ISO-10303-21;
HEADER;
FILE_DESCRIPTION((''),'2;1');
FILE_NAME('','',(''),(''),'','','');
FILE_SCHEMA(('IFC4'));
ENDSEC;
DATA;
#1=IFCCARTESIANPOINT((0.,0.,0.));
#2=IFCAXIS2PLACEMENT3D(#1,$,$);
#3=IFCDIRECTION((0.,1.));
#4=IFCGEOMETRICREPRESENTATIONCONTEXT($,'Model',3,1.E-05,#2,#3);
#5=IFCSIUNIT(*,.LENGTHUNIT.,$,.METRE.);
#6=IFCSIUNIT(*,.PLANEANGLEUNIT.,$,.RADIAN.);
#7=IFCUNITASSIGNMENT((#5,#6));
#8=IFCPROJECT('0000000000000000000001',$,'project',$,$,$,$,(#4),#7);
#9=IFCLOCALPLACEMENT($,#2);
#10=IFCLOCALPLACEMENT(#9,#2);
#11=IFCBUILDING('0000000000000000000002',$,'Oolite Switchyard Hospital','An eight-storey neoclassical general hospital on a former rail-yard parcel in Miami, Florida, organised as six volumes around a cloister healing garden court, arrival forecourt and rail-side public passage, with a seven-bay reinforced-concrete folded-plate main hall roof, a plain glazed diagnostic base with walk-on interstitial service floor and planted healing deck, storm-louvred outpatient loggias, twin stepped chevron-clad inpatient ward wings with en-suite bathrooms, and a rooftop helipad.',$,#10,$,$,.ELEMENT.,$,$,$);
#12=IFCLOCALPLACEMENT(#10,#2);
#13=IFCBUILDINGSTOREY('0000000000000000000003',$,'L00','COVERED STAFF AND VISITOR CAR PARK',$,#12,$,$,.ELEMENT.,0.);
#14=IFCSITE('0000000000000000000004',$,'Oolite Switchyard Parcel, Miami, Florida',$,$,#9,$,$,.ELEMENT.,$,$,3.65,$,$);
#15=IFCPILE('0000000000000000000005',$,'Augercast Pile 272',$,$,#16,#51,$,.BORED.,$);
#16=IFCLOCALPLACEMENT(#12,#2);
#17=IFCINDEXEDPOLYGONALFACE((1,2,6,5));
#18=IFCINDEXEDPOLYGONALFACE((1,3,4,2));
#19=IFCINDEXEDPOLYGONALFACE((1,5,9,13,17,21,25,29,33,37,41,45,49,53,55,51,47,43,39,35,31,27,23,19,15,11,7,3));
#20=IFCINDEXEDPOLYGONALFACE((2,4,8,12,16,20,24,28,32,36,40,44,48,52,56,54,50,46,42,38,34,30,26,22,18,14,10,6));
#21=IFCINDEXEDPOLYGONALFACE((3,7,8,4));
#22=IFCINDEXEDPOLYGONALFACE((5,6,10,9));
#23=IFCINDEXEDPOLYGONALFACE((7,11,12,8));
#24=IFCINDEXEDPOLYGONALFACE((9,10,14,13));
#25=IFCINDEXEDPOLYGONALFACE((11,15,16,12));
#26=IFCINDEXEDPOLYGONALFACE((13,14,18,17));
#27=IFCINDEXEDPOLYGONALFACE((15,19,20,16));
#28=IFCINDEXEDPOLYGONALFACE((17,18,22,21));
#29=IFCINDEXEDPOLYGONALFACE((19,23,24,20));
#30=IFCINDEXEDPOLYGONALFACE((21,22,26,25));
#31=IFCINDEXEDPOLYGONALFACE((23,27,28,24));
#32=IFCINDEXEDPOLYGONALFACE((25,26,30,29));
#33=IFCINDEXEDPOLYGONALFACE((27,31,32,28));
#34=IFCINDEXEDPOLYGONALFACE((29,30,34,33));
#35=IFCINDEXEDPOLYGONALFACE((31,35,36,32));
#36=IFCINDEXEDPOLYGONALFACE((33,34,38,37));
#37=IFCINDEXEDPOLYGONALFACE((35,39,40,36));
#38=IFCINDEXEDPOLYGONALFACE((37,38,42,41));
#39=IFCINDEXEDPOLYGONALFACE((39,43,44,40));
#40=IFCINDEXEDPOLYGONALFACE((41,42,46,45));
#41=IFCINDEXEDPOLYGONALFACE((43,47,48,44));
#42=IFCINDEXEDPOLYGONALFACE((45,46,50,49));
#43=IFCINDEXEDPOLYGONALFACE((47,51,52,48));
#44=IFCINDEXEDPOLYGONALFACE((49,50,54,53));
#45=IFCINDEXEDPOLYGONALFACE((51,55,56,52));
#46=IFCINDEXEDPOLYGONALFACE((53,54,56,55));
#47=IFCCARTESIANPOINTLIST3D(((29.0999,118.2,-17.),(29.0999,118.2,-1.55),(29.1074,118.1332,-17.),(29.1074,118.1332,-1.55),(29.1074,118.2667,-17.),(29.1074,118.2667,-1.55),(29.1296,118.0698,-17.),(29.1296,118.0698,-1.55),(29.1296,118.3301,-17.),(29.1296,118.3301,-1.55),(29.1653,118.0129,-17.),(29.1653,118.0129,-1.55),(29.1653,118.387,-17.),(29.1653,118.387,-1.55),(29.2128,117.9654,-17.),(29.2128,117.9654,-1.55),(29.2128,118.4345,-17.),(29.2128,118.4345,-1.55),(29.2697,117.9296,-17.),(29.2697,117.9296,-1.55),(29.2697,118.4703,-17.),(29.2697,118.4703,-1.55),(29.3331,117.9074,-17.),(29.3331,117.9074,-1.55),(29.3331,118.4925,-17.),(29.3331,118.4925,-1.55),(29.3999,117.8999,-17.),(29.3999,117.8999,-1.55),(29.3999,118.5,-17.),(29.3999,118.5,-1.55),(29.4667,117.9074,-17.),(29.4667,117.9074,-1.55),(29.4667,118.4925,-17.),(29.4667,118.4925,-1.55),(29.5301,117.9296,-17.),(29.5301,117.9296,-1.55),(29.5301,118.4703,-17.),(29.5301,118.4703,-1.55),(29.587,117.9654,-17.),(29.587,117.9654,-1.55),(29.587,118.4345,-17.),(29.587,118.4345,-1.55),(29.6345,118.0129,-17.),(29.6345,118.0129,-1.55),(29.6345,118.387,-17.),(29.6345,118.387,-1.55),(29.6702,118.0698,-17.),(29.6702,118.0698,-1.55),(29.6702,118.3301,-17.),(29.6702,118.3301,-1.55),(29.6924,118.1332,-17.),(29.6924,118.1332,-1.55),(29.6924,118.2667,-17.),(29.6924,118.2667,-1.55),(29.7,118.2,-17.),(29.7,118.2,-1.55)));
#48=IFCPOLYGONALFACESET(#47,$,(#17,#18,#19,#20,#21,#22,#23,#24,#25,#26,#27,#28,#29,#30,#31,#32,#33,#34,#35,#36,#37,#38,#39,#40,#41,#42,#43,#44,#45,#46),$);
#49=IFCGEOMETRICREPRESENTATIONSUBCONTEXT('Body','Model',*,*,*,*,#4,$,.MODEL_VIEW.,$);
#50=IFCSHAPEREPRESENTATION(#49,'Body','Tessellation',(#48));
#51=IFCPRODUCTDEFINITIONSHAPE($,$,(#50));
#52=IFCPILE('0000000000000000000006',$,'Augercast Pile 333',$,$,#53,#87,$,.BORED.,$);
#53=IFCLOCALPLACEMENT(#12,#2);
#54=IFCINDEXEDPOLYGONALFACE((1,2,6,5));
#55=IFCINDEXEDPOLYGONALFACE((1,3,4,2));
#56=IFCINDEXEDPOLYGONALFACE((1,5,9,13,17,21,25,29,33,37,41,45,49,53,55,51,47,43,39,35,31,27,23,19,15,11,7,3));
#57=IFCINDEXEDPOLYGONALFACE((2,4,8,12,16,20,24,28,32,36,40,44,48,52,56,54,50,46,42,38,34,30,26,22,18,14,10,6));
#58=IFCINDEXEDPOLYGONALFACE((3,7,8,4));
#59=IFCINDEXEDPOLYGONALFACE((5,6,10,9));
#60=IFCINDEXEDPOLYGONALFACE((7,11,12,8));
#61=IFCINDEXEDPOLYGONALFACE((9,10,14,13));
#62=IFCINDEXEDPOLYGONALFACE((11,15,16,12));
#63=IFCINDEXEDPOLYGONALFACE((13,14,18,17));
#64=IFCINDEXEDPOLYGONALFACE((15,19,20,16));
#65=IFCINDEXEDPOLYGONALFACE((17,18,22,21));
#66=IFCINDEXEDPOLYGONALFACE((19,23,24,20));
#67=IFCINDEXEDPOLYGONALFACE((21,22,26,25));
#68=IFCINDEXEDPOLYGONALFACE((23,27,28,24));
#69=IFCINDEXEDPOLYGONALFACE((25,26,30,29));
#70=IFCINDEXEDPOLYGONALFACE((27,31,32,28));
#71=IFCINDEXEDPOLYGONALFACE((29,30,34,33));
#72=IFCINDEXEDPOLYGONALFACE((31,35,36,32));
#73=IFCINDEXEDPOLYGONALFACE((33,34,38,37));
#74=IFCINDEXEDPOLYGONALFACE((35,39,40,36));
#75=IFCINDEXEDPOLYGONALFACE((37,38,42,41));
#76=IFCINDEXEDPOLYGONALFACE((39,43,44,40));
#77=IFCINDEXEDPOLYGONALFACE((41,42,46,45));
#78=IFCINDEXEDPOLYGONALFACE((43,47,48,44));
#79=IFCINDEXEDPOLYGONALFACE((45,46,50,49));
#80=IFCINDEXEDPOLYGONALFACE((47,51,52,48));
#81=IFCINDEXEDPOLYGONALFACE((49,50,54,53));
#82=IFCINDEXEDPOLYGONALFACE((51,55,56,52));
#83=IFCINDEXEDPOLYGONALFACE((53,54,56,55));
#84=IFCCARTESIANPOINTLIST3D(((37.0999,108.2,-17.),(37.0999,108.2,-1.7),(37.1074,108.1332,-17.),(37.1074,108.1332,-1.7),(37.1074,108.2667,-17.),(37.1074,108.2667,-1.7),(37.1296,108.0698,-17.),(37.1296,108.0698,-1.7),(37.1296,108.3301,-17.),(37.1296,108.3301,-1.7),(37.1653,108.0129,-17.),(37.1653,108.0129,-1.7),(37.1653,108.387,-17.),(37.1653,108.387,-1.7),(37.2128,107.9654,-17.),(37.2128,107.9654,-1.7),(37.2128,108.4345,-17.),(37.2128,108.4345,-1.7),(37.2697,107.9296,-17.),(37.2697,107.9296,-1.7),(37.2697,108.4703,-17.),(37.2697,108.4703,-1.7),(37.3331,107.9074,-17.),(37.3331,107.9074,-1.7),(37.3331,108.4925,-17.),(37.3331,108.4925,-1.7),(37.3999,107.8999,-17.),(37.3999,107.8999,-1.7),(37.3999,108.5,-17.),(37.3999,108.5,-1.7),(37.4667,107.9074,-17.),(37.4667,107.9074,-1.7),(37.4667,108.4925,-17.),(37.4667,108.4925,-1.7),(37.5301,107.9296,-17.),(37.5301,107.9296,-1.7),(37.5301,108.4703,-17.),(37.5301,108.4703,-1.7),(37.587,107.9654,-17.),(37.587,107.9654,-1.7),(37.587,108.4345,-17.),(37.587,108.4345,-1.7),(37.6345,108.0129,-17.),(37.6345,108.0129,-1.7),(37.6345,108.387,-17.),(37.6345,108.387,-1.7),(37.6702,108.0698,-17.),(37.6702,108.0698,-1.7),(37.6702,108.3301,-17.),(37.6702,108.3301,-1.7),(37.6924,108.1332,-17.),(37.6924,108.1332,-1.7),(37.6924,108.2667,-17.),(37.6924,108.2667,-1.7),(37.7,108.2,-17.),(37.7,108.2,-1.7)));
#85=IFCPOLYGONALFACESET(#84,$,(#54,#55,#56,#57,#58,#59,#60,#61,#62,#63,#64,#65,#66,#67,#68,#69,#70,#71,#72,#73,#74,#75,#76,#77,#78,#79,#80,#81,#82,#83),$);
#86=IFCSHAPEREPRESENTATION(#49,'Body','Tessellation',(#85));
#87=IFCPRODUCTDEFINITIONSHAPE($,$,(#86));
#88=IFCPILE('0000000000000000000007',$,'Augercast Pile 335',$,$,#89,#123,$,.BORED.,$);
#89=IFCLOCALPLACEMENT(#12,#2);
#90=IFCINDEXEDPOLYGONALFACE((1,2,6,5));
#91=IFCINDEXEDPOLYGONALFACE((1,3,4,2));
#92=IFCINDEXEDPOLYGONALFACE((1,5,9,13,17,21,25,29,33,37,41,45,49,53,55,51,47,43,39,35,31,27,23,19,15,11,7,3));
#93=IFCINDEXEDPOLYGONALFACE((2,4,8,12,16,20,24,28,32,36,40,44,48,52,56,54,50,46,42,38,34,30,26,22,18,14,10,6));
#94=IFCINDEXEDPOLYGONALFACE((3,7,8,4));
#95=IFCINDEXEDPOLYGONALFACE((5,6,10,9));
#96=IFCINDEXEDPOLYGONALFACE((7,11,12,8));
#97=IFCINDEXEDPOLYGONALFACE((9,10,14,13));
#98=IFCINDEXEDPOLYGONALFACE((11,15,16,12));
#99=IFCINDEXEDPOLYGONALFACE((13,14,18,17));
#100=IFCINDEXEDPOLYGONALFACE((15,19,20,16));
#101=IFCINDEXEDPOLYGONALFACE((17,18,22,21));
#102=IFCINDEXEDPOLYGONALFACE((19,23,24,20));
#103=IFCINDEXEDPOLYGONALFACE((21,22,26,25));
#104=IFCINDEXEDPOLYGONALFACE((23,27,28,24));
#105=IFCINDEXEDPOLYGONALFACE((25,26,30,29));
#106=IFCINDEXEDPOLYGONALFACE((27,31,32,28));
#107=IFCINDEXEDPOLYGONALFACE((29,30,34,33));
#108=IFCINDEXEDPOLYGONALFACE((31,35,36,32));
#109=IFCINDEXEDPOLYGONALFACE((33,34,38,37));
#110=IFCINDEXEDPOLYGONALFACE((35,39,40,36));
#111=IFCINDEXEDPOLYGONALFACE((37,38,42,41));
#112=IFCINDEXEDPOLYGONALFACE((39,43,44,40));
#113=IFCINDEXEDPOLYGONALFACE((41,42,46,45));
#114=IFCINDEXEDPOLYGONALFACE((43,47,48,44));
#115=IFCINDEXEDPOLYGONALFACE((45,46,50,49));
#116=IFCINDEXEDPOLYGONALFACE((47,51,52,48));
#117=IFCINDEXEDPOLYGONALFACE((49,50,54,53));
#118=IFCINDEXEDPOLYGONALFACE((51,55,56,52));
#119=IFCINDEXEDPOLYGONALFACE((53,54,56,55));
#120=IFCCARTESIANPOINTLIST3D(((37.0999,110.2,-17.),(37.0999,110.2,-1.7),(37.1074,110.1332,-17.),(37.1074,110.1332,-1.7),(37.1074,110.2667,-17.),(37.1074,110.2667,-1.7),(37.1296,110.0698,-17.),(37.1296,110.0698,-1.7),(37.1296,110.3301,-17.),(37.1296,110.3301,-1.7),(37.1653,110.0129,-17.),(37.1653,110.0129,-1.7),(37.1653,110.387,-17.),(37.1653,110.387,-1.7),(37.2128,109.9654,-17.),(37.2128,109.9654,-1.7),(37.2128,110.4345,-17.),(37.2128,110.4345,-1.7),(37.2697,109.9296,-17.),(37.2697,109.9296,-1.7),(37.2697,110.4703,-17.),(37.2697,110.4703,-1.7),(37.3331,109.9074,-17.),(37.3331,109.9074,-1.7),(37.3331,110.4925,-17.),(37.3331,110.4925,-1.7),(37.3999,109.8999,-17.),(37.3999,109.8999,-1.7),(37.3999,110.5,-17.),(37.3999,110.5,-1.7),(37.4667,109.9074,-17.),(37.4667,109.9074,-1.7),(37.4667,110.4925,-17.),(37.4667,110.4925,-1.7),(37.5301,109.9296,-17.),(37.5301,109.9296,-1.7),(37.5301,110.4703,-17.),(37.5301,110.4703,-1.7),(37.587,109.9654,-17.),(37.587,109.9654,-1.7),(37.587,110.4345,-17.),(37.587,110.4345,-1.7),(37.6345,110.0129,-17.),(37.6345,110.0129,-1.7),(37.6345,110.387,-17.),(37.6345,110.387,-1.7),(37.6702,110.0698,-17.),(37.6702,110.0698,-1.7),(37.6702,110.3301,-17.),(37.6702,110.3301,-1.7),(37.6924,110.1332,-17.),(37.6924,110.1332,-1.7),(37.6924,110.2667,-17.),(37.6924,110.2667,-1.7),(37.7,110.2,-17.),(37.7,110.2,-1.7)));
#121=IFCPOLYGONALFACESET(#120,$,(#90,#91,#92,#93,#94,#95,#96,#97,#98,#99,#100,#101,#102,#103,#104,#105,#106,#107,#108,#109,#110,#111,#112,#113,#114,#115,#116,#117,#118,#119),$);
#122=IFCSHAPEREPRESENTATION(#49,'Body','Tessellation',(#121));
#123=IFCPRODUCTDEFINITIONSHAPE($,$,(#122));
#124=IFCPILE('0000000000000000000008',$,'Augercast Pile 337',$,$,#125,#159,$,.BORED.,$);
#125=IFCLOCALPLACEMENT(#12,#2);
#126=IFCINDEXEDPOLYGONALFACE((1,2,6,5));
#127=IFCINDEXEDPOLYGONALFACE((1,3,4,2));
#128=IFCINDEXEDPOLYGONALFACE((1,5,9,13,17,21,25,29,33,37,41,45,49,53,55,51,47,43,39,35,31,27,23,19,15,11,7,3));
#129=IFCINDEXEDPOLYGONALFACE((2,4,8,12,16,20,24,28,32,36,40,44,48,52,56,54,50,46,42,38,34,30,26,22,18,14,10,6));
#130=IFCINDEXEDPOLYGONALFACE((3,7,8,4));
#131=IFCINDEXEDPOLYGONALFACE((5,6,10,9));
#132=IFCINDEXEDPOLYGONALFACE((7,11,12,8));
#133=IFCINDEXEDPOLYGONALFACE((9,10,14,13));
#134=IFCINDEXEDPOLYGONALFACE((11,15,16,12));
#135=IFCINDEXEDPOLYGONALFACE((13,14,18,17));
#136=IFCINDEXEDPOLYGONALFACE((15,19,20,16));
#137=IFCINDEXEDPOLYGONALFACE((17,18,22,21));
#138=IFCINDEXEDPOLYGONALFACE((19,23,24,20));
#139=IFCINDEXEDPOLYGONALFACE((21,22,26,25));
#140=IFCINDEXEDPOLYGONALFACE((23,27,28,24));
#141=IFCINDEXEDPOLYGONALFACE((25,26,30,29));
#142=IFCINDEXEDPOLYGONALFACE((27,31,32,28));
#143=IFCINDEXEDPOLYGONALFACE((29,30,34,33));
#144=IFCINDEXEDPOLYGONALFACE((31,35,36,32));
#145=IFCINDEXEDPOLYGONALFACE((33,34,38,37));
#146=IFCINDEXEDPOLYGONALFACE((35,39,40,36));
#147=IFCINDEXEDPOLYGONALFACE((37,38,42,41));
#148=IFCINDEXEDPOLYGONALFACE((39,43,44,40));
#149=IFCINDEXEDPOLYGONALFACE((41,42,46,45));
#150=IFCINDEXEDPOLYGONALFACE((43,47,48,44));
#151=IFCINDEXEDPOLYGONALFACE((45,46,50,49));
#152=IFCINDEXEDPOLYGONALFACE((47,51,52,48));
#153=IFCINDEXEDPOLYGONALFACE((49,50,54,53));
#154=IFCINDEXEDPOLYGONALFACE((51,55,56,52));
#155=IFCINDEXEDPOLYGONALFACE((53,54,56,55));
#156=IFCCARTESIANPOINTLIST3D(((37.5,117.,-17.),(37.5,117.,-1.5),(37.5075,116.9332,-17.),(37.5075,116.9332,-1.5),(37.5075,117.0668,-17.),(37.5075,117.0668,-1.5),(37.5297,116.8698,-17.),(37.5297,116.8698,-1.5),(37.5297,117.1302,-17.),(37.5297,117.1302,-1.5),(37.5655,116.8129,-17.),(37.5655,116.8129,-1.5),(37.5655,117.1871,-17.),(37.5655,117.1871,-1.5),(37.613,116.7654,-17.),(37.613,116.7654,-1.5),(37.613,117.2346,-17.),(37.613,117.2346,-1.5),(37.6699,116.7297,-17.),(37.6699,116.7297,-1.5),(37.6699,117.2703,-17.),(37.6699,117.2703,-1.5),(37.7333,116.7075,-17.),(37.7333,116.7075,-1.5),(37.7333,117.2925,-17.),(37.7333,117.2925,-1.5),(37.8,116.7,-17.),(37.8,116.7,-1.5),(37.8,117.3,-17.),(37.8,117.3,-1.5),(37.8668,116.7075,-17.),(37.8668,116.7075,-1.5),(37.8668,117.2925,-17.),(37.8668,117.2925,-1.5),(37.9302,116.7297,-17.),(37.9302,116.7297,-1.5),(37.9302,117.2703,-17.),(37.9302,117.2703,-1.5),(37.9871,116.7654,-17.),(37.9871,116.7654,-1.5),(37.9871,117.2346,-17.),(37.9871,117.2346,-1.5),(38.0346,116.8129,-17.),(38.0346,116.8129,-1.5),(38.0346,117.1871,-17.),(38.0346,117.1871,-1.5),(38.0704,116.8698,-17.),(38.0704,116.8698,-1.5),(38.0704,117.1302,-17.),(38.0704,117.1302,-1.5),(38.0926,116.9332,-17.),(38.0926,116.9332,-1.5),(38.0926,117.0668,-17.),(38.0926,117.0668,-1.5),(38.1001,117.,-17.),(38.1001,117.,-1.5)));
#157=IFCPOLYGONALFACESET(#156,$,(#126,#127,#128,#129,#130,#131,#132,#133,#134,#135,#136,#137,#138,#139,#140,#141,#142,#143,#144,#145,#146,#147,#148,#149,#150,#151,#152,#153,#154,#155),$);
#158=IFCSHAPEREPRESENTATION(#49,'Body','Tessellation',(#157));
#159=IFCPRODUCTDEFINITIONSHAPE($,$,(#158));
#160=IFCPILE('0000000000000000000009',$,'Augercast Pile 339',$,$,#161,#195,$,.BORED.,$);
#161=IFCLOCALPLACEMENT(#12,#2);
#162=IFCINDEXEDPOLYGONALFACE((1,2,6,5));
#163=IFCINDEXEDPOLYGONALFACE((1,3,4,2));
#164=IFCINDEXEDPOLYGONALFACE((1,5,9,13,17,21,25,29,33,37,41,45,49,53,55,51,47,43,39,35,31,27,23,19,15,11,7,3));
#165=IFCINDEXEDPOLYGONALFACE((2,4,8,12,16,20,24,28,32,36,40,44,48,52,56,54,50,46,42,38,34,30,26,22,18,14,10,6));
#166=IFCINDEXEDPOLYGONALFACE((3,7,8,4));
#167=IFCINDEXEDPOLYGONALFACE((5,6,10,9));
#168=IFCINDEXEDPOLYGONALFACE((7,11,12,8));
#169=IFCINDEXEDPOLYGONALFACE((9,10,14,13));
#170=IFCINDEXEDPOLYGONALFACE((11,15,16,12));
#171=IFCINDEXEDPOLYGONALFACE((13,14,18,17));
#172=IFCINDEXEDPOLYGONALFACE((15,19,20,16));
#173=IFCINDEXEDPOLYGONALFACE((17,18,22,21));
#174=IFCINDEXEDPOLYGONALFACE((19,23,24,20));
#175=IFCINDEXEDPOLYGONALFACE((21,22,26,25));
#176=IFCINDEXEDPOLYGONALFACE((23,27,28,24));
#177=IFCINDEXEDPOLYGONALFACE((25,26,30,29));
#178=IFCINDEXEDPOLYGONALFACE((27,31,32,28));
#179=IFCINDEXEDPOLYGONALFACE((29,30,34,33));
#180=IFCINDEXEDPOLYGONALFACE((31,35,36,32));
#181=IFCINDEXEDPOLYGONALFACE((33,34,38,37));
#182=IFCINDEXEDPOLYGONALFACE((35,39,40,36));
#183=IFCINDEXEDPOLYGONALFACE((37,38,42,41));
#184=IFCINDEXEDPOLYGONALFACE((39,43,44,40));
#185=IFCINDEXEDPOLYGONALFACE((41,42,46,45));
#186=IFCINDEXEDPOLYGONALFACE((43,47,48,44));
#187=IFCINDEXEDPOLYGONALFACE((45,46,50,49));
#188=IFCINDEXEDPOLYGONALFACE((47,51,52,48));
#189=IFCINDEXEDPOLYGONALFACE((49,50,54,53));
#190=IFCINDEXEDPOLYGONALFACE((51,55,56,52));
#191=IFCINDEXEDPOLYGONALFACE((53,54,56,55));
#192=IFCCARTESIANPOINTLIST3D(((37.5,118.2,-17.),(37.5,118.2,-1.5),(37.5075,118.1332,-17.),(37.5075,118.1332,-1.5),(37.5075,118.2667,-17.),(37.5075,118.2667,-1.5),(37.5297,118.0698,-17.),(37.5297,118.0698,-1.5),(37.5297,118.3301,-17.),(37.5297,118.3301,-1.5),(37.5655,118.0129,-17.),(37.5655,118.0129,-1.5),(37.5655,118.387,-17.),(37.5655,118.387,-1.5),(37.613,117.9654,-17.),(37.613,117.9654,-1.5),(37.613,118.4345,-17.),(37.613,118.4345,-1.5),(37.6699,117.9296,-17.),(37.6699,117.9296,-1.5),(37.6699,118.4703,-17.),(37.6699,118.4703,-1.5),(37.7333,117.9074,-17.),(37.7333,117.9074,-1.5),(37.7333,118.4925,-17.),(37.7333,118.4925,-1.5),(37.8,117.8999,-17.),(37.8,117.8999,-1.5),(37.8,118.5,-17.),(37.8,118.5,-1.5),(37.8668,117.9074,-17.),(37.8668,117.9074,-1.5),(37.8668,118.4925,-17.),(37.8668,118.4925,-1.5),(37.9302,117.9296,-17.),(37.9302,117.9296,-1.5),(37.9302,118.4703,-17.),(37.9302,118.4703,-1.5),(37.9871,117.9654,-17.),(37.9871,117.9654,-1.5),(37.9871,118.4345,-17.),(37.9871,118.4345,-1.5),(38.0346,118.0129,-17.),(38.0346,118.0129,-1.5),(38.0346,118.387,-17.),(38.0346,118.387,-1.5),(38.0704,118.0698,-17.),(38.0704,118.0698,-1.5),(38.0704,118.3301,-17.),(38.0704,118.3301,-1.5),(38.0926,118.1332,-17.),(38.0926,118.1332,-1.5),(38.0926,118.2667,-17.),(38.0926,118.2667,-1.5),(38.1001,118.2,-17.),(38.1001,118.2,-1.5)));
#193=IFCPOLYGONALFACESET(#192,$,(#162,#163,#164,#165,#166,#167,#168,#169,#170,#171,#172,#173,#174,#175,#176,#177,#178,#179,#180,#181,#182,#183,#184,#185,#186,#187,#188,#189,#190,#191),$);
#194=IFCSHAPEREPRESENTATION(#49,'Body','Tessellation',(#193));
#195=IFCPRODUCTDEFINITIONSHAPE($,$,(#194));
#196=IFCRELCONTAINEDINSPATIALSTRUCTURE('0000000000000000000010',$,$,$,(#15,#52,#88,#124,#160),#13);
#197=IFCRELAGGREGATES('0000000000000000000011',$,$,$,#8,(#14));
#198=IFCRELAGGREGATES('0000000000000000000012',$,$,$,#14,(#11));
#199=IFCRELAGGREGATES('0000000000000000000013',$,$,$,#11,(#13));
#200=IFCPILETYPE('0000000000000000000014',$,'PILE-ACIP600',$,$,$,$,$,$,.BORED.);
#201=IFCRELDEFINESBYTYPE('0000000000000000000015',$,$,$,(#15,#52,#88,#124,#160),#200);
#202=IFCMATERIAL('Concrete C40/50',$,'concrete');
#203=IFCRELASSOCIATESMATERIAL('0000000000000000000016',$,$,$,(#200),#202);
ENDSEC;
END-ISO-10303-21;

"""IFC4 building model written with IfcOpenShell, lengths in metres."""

from ifc_helpers import new_model, si_unit, direction, frame, origin, origin_2d, place, context, subcontext, project, spatial, circle, extrude, material, material_profile, profile_set, type_object, element, save


model = new_model("IFC4")

# Units and contexts
model_context = context("Model", 3, precision=1e-05, world=origin(), true_north=direction((0.0, 1.0)))
body_context = subcontext(model_context, "Body", "Model", "MODEL_VIEW")
ifc_project = project(units=[si_unit("LENGTHUNIT", "METRE"), si_unit("PLANEANGLEUNIT", "RADIAN")], contexts=[model_context])

# Site, building, storey
site_placement = place(None, origin())
site = spatial("IfcSite", under=ifc_project, at=site_placement, Name="Oolite Switchyard Parcel, Miami, Florida", CompositionType="ELEMENT", RefElevation=3.65)
building_placement = place(site_placement, origin())
building = spatial("IfcBuilding", under=site, at=building_placement, Name="Oolite Switchyard Hospital", Description="An eight-storey neoclassical general hospital on a former rail-yard parcel in Miami, Florida, organised as six volumes around a cloister healing garden court, arrival forecourt and rail-side public passage, with a seven-bay reinforced-concrete folded-plate main hall roof, a plain glazed diagnostic base with walk-on interstitial service floor and planted healing deck, storm-louvred outpatient loggias, twin stepped chevron-clad inpatient ward wings with en-suite bathrooms, and a rooftop helipad.", CompositionType="ELEMENT")
storey_placement = place(building_placement, origin())
storey = spatial("IfcBuildingStorey", under=building, at=storey_placement, Name="L00", Description="COVERED STAFF AND VISITOR CAR PARK", CompositionType="ELEMENT", Elevation=0.0)

# Shared definitions
ifc_material_1 = material(Name="Concrete C40/50", Category="concrete")

# Piles
ifc_material_profile_1 = material_profile(ifc_material_1, circle(Radius=0.3, at=origin_2d()), Name="PILE600")
ifc_profile_set_1 = profile_set([ifc_material_profile_1], Name="Concrete C40/50")
pile_type = type_object("IfcPileType", Name="PILE-ACIP600", PredefinedType="BORED", material=ifc_profile_set_1)
for number, where, z_axis, x_axis, name in (
    (1, (29.3999, 118.2, -1.55), (0.0, 0.0, -1.0), (1.0, 0.0, 0.0), "Augercast Pile 272"),
):
    element("IfcPile", number, at=place(storey_placement, frame(where, z_axis=z_axis, x_axis=x_axis)), inside=storey, type_object=pile_type, Name=name, PredefinedType="BORED", context=body_context, shape_type="SweptSolid", body=[
        extrude(circle(Radius=0.3, at=origin_2d()), origin(), (0.0, 0.0, 1.0), 15.45),
    ])
for number, where, z_axis, x_axis, name in (
    (2, (37.3999, 108.2, -1.7), (0.0, 0.0, -1.0), (1.0, 0.0, 0.0), "Augercast Pile 333"),
    (3, (37.3999, 110.2, -1.7), (0.0, 0.0, -1.0), (1.0, 0.0, 0.0), "Augercast Pile 335"),
):
    element("IfcPile", number, at=place(storey_placement, frame(where, z_axis=z_axis, x_axis=x_axis)), inside=storey, type_object=pile_type, Name=name, PredefinedType="BORED", context=body_context, shape_type="SweptSolid", body=[
        extrude(circle(Radius=0.3, at=origin_2d()), origin(), (0.0, 0.0, 1.0), 15.3),
    ])
for number, where, z_axis, x_axis, name in (
    (4, (37.8, 117.0, -1.5), (0.0, 0.0, -1.0), (1.0, 0.0, 0.0), "Augercast Pile 337"),
    (5, (37.8, 118.2, -1.5), (0.0, 0.0, -1.0), (1.0, 0.0, 0.0), "Augercast Pile 339"),
):
    element("IfcPile", number, at=place(storey_placement, frame(where, z_axis=z_axis, x_axis=x_axis)), inside=storey, type_object=pile_type, Name=name, PredefinedType="BORED", context=body_context, shape_type="SweptSolid", body=[
        extrude(circle(Radius=0.3, at=origin_2d()), origin(), (0.0, 0.0, 1.0), 15.5),
    ])

save(model, "model.ifc")
